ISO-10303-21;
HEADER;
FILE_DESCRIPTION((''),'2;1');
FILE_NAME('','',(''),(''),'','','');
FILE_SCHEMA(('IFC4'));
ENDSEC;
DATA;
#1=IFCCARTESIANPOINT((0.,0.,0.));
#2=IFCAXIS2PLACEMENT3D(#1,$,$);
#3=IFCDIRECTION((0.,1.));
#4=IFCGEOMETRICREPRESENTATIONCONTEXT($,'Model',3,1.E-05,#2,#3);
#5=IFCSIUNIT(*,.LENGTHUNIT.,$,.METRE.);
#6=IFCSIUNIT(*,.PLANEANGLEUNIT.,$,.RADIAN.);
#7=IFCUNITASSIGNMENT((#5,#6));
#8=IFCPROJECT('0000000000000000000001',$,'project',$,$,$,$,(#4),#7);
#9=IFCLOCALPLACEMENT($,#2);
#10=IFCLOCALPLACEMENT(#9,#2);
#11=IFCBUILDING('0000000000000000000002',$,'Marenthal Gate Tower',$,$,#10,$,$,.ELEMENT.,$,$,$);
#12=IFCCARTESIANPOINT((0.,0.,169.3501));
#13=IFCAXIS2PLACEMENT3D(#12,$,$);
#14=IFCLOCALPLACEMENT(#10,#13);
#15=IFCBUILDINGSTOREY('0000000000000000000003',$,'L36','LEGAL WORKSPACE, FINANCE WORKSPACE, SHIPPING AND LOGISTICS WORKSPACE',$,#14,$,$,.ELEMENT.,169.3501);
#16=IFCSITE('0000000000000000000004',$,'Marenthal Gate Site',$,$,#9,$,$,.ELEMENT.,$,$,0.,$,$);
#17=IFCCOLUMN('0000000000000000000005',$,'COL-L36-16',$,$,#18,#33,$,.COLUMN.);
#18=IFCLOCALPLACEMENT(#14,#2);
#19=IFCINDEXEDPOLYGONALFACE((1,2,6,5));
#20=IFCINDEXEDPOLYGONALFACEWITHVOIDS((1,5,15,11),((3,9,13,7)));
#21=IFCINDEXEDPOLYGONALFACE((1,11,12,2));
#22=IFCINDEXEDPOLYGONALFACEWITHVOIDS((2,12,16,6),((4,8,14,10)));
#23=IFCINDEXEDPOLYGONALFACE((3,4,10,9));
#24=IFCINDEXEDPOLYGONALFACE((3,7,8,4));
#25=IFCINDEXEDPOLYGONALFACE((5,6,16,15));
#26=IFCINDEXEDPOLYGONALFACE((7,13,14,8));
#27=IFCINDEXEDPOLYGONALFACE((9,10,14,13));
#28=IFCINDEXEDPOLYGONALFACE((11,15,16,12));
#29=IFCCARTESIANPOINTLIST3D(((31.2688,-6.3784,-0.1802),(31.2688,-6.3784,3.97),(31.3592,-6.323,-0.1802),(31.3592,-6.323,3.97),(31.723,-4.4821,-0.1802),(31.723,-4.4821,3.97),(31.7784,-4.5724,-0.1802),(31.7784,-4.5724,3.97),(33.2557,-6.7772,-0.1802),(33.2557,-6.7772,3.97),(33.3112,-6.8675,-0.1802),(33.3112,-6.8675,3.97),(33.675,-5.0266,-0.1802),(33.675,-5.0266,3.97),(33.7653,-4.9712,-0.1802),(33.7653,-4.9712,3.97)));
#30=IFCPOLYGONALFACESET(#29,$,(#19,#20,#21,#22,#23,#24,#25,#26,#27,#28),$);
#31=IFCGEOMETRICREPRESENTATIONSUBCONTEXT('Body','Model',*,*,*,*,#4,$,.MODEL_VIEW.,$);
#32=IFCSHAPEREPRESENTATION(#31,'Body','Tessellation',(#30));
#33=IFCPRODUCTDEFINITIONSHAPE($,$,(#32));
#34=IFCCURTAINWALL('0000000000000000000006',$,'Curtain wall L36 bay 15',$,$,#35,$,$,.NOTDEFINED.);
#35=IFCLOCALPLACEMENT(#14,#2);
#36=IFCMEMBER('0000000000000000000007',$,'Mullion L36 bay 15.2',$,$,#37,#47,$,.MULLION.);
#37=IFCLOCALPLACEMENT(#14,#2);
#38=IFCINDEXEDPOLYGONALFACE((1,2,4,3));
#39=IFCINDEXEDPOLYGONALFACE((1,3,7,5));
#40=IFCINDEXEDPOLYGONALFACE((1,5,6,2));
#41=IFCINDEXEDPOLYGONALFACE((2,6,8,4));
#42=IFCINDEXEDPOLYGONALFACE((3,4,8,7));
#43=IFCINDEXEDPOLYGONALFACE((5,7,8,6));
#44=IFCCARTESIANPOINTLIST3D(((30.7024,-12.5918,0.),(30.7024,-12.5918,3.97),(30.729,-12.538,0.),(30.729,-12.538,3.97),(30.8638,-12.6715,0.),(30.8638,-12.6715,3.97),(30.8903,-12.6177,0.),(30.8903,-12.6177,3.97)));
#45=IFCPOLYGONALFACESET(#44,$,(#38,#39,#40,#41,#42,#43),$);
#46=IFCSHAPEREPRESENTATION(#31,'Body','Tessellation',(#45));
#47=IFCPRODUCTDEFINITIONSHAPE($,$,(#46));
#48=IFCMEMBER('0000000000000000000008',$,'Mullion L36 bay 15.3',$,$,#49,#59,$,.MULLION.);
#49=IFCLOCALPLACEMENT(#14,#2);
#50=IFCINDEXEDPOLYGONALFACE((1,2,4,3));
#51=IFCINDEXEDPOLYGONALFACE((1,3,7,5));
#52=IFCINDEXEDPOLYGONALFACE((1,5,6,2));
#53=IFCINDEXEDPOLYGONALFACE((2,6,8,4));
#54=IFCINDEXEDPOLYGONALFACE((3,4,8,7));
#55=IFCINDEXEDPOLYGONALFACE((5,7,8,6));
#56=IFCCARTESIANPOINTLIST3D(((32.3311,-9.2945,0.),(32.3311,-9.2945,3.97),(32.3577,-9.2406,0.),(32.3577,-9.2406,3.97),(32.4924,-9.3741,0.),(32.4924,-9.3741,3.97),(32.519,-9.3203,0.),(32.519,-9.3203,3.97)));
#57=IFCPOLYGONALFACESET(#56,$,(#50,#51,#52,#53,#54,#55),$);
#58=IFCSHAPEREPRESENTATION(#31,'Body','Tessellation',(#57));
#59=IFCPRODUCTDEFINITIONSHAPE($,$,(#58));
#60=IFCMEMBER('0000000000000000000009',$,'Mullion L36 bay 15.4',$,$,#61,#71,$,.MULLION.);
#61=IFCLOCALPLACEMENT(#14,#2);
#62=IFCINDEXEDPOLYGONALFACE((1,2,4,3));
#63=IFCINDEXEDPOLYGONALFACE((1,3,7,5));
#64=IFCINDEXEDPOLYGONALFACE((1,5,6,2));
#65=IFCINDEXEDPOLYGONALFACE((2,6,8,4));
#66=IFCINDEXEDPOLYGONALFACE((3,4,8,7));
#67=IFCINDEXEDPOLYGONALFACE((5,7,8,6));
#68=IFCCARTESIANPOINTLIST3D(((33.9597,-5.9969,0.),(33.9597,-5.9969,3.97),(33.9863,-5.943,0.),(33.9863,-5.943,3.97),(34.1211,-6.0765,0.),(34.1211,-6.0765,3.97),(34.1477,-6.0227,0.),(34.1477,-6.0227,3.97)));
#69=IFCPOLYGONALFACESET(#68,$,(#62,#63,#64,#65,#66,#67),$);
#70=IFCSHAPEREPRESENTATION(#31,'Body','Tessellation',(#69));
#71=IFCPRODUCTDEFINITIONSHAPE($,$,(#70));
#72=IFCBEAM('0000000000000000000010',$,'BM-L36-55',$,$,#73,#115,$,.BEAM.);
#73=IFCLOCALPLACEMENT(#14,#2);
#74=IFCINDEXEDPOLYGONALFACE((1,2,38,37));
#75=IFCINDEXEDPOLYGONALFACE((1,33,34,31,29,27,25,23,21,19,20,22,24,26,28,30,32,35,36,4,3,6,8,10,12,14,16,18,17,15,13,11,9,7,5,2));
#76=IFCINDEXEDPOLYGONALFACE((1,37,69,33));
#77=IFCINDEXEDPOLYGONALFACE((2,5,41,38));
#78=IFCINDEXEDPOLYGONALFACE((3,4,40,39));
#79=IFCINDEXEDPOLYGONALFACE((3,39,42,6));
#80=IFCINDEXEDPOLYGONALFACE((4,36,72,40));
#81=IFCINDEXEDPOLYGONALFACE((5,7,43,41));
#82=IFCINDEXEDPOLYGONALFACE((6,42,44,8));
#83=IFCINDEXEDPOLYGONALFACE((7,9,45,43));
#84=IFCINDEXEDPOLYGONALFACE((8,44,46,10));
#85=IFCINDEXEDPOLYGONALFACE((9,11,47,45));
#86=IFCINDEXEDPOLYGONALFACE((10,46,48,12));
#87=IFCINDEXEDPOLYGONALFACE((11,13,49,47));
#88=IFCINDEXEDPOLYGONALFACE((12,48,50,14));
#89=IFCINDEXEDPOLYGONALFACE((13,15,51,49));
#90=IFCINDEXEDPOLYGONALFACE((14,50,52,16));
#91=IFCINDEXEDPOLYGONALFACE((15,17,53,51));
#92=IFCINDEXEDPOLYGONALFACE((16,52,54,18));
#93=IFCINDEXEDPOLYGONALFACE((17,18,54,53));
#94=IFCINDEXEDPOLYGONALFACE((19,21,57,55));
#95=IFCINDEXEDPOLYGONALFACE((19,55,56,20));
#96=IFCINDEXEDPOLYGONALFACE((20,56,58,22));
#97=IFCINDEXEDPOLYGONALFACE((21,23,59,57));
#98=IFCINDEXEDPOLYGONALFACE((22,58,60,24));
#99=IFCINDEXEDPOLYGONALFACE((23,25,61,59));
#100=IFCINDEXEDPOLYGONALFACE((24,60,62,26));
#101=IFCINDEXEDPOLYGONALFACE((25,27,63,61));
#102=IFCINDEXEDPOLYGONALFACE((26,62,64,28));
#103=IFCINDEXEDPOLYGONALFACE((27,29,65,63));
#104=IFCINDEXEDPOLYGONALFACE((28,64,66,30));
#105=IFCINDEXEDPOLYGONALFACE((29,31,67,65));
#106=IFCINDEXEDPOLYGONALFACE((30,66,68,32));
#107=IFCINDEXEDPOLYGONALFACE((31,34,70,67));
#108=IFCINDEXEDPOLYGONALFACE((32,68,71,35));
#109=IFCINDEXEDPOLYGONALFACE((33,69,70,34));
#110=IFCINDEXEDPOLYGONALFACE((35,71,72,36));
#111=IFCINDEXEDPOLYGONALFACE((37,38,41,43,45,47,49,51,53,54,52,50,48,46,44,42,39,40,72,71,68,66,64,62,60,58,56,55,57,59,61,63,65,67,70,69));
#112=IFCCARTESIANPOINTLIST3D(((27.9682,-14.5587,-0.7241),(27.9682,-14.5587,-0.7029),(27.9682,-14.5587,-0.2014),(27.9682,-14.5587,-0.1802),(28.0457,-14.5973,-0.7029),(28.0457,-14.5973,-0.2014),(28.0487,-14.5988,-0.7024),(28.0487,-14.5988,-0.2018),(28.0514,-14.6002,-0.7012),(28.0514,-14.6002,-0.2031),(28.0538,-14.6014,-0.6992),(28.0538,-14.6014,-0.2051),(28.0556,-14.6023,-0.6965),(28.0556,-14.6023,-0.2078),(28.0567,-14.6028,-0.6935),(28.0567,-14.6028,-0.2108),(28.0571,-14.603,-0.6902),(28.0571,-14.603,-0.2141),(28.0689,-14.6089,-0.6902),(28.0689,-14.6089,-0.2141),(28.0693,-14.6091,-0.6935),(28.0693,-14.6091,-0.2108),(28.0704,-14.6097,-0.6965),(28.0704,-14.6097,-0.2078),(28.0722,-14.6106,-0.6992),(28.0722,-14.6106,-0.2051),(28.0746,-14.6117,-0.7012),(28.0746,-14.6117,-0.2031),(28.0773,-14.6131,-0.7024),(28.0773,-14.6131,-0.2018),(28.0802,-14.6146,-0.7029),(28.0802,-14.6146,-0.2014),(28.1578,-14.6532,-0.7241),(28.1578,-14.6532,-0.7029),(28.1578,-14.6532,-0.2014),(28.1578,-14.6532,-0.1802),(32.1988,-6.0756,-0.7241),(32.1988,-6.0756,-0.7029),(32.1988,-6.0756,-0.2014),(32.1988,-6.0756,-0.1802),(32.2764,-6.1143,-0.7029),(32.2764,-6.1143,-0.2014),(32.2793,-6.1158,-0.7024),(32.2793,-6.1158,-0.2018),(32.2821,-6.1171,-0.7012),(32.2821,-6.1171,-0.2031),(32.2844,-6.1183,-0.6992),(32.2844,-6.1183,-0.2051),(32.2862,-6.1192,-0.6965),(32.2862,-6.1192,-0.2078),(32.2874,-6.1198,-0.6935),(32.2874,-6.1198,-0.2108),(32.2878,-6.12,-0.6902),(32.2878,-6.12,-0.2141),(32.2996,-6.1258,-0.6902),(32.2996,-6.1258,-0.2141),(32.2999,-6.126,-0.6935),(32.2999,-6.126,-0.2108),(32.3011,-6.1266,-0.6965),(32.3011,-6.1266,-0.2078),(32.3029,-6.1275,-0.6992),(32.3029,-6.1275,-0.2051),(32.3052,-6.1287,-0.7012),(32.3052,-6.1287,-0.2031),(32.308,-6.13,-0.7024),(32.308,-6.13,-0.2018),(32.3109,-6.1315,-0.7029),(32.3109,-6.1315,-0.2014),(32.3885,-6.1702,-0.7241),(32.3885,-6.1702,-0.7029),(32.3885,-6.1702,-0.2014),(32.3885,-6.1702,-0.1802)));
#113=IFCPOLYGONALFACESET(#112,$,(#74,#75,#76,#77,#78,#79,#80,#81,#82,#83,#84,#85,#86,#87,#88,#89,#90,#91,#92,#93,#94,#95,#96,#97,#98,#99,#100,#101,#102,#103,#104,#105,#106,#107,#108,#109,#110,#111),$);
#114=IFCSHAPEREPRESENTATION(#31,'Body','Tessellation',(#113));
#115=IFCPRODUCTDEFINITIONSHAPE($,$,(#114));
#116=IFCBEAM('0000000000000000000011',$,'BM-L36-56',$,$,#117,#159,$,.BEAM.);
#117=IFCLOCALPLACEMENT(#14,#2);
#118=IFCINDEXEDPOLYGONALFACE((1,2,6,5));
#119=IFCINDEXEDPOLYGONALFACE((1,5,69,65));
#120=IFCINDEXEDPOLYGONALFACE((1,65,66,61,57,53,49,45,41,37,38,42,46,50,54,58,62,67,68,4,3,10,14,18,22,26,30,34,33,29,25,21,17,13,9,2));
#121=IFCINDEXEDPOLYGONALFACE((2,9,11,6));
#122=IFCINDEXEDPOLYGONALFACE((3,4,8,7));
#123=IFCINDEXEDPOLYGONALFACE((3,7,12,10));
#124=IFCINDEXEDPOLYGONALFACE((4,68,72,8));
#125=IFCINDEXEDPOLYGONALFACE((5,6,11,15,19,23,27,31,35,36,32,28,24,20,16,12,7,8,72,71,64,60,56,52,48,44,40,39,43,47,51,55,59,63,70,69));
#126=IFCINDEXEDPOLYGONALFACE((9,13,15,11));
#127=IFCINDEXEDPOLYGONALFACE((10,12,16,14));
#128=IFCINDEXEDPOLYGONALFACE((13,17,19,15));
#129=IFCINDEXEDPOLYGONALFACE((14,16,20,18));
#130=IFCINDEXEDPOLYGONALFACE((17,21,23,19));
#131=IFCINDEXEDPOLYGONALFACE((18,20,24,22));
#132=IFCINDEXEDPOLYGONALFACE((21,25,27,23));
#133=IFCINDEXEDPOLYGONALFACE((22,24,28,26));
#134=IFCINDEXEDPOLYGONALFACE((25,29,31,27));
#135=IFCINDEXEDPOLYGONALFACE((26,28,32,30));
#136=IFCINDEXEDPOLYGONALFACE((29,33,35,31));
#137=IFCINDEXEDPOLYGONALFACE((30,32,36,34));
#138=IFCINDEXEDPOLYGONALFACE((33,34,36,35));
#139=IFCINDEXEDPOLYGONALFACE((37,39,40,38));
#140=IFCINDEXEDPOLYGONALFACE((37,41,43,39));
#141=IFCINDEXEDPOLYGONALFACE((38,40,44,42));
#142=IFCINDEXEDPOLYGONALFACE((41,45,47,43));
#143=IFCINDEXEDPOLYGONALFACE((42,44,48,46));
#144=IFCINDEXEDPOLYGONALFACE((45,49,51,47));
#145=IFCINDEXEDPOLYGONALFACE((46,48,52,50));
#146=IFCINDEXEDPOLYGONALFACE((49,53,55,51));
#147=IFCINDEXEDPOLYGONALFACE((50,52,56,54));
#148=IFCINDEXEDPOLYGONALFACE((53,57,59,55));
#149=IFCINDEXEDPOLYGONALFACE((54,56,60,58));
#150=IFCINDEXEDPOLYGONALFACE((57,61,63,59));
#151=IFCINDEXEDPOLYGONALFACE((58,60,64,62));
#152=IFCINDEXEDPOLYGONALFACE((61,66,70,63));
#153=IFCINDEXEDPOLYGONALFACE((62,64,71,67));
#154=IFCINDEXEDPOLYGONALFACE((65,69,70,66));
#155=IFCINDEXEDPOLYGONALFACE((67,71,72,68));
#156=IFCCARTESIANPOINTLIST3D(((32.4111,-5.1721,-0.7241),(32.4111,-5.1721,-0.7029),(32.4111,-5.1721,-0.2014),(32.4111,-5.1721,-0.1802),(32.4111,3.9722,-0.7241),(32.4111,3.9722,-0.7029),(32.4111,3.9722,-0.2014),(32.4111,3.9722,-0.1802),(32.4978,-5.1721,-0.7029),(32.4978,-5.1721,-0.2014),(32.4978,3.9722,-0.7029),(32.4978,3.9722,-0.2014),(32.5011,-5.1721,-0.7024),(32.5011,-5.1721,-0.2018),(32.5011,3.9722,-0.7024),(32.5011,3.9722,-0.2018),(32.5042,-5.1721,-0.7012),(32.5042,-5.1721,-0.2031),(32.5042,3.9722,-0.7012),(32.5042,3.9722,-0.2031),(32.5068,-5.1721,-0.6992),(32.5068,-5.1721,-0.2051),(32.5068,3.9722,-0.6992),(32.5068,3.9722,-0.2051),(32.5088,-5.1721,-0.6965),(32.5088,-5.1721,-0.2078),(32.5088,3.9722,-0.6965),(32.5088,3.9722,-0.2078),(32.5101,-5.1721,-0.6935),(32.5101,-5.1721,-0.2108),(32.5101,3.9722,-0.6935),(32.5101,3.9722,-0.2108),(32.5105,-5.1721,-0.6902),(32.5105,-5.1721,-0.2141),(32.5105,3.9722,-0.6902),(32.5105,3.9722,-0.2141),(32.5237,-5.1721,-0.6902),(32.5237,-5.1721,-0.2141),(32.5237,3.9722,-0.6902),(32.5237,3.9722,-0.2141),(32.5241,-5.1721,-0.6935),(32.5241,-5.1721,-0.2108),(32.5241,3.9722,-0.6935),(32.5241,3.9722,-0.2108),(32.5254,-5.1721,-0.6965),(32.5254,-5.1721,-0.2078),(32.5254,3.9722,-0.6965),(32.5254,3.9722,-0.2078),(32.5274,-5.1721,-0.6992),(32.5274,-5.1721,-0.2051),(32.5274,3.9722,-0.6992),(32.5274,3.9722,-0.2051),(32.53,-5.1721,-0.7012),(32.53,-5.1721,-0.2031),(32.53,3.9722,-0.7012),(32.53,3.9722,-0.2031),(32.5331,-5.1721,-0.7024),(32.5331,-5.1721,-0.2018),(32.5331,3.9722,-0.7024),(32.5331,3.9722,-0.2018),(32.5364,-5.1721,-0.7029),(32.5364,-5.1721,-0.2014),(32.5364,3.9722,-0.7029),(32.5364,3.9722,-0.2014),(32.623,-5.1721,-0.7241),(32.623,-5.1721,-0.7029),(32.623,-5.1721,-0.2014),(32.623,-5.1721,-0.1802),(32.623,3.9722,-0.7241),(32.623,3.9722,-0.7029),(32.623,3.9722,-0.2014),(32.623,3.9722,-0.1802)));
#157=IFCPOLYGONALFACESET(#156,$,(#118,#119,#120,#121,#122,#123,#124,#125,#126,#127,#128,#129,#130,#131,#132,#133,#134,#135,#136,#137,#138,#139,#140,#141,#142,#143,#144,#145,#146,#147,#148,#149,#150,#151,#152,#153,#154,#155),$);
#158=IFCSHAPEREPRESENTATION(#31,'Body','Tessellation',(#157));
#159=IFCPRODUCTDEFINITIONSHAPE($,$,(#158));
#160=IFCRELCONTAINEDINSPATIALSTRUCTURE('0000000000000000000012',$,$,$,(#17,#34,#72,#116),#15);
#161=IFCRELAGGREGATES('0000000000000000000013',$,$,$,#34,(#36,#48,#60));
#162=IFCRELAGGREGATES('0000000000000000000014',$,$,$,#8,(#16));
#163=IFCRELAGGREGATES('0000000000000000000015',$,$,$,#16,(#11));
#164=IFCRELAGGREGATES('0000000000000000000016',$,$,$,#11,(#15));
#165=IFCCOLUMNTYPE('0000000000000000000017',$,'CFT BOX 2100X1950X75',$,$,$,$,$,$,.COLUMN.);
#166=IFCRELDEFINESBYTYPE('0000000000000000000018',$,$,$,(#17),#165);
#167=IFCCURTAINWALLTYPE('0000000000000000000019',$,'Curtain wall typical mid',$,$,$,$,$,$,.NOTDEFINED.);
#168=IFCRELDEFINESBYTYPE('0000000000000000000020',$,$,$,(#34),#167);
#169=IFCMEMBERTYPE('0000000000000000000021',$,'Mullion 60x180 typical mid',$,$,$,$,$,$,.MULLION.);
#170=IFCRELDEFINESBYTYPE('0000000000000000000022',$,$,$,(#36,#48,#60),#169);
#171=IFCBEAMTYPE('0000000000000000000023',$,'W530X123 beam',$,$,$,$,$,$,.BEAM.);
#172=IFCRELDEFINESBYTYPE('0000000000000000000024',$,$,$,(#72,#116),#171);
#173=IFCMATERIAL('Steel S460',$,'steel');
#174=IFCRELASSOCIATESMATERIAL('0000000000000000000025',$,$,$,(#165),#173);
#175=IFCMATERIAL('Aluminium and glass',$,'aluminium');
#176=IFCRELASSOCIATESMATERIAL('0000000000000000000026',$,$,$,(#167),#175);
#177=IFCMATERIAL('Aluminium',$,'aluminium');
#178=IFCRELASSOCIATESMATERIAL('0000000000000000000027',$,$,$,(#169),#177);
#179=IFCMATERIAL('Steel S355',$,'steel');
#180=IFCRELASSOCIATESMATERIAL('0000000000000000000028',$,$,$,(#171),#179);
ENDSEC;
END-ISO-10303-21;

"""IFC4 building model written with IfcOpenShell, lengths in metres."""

from ifc_helpers import new_model, si_unit, direction, frame, origin, origin_2d, place, context, subcontext, project, spatial, rectangle, hollow_rectangle, i_section, extrude, material, material_profile, profile_set, type_object, element, aggregate, save


model = new_model("IFC4")

# Units and contexts
model_context = context("Model", 3, precision=1e-05, world=origin(), true_north=direction((0.0, 1.0)))
body_context = subcontext(model_context, "Body", "Model", "MODEL_VIEW")
ifc_project = project(units=[si_unit("LENGTHUNIT", "METRE"), si_unit("PLANEANGLEUNIT", "RADIAN")], contexts=[model_context])

# Site, building, storey
site_placement = place(None, origin())
site = spatial("IfcSite", under=ifc_project, at=site_placement, Name="Marenthal Gate Site", CompositionType="ELEMENT", RefElevation=0.0)
building_placement = place(site_placement, origin())
building = spatial("IfcBuilding", under=site, at=building_placement, Name="Marenthal Gate Tower", CompositionType="ELEMENT")
storey_placement = place(building_placement, frame((0.0, 0.0, 169.3501)))
storey = spatial("IfcBuildingStorey", under=building, at=storey_placement, Name="L36", Description="LEGAL WORKSPACE, FINANCE WORKSPACE, SHIPPING AND LOGISTICS WORKSPACE", CompositionType="ELEMENT", Elevation=169.3501)

# Column
ifc_material_1 = material(Name="Steel S460", Category="steel")
ifc_material_profile_1 = material_profile(ifc_material_1, hollow_rectangle(XDim=1.95, YDim=2.1001, WallThickness=0.075, at=origin_2d()), Name="CFT BOX 2100X1950X75")
ifc_material_2 = material(Name="Concrete 70 MPa", Category="concrete")
ifc_material_profile_2 = material_profile(ifc_material_2, rectangle(XDim=1.8, YDim=1.95, at=origin_2d()), Name="CFT BOX 2100X1950X75 INFILL")
ifc_profile_set_1 = profile_set([ifc_material_profile_1, ifc_material_profile_2], Name="Steel S460 shell, Concrete 70 MPa infill")
column_type = type_object("IfcColumnType", Name="CFT BOX 2100X1950X75", PredefinedType="COLUMN", material=ifc_profile_set_1)
column_placement = place(storey_placement, frame((32.5171, -5.6748, -0.1802), z_axis=(0.0, 0.0, 1.0), x_axis=(-0.232909, -0.972499, 0.0)))
element("IfcColumn", 1, at=column_placement, inside=storey, type_object=column_type, Name="COL-L36-16", PredefinedType="COLUMN", context=body_context, shape_type="SweptSolid", body=[
    extrude(hollow_rectangle(XDim=1.95, YDim=2.1001, WallThickness=0.075, at=origin_2d()), origin(), (0.0, 0.0, 1.0), 4.1501),
])

# Curtain wall, members
ifc_material_3 = material(Name="Aluminium and glass", Category="aluminium")
curtain_wall_type = type_object("IfcCurtainWallType", Name="Curtain wall typical mid", PredefinedType="NOTDEFINED", material=ifc_material_3)
curtain_wall_placement = place(storey_placement, origin())
curtain_wall = element("IfcCurtainWall", 2, at=curtain_wall_placement, inside=storey, type_object=curtain_wall_type, Name="Curtain wall L36 bay 15", PredefinedType="NOTDEFINED")
ifc_material_4 = material(Name="Aluminium", Category="aluminium")
ifc_material_profile_3 = material_profile(ifc_material_4, rectangle(XDim=0.1799, YDim=0.0601, at=origin_2d()), Name="60x180 aluminium mullion")
ifc_profile_set_2 = profile_set([ifc_material_profile_3], Name="Aluminium")
member_type = type_object("IfcMemberType", Name="Mullion 60x180 typical mid", PredefinedType="MULLION", material=ifc_profile_set_2)
member_1_placement = place(storey_placement, frame((30.7964, -12.6047, 0.0), z_axis=(0.0, 0.0, 1.0), x_axis=(-0.896609, 0.442824, 0.0)))
member_1 = element("IfcMember", 3, at=member_1_placement, type_object=member_type, Name="Mullion L36 bay 15.2", PredefinedType="MULLION", context=body_context, shape_type="SweptSolid", body=[
    extrude(rectangle(XDim=0.1799, YDim=0.0601, at=origin_2d()), origin(), (0.0, 0.0, 1.0), 3.97),
])
member_2_placement = place(storey_placement, frame((32.425, -9.3074, 0.0), z_axis=(0.0, 0.0, 1.0), x_axis=(-0.896609, 0.442824, 0.0)))
member_2 = element("IfcMember", 4, at=member_2_placement, type_object=member_type, Name="Mullion L36 bay 15.3", PredefinedType="MULLION", context=body_context, shape_type="SweptSolid", body=[
    extrude(rectangle(XDim=0.1799, YDim=0.0601, at=origin_2d()), origin(), (0.0, 0.0, 1.0), 3.97),
])
member_3_placement = place(storey_placement, frame((34.0537, -6.0098, 0.0), z_axis=(0.0, 0.0, 1.0), x_axis=(-0.896609, 0.442824, 0.0)))
member_3 = element("IfcMember", 5, at=member_3_placement, type_object=member_type, Name="Mullion L36 bay 15.4", PredefinedType="MULLION", context=body_context, shape_type="SweptSolid", body=[
    extrude(rectangle(XDim=0.1799, YDim=0.0601, at=origin_2d()), origin(), (0.0, 0.0, 1.0), 3.97),
])

# Beams
ifc_material_5 = material(Name="Steel S355", Category="steel")
ifc_material_profile_4 = material_profile(ifc_material_5, i_section(OverallWidth=0.2119, OverallDepth=0.5439, WebThickness=0.0132, FlangeThickness=0.0212, FilletRadius=0.0127, at=origin_2d()), Name="W530X123")
ifc_profile_set_3 = profile_set([ifc_material_profile_4], Name="Steel S355")
beam_type_1 = type_object("IfcBeamType", Name="W530X123 beam", PredefinedType="BEAM", material=ifc_profile_set_3)
beam_1_placement = place(storey_placement, frame((28.063, -14.606, -0.4521), z_axis=(0.446297, 0.894885, 0.0), x_axis=(-0.894885, 0.446297, 0.0)))
element("IfcBeam", 6, at=beam_1_placement, inside=storey, type_object=beam_type_1, Name="BM-L36-55", PredefinedType="BEAM", context=body_context, shape_type="SweptSolid", body=[
    extrude(i_section(OverallWidth=0.2119, OverallDepth=0.5439, WebThickness=0.0132, FlangeThickness=0.0212, FilletRadius=0.0127, at=origin_2d()), origin(), (0.0, 0.0, 1.0), 9.4795),
])
beam_2_placement = place(storey_placement, frame((32.5171, -5.1721, -0.4521), z_axis=(0.0, 1.0, 0.0), x_axis=(-1.0, 0.0, 0.0)))
element("IfcBeam", 7, at=beam_2_placement, inside=storey, type_object=beam_type_1, Name="BM-L36-56", PredefinedType="BEAM", context=body_context, shape_type="SweptSolid", body=[
    extrude(i_section(OverallWidth=0.2119, OverallDepth=0.5439, WebThickness=0.0132, FlangeThickness=0.0212, FilletRadius=0.0127, at=origin_2d()), origin(), (0.0, 0.0, 1.0), 9.1443),
])

aggregate(curtain_wall, [member_1, member_2, member_3])

save(model, "model.ifc")
